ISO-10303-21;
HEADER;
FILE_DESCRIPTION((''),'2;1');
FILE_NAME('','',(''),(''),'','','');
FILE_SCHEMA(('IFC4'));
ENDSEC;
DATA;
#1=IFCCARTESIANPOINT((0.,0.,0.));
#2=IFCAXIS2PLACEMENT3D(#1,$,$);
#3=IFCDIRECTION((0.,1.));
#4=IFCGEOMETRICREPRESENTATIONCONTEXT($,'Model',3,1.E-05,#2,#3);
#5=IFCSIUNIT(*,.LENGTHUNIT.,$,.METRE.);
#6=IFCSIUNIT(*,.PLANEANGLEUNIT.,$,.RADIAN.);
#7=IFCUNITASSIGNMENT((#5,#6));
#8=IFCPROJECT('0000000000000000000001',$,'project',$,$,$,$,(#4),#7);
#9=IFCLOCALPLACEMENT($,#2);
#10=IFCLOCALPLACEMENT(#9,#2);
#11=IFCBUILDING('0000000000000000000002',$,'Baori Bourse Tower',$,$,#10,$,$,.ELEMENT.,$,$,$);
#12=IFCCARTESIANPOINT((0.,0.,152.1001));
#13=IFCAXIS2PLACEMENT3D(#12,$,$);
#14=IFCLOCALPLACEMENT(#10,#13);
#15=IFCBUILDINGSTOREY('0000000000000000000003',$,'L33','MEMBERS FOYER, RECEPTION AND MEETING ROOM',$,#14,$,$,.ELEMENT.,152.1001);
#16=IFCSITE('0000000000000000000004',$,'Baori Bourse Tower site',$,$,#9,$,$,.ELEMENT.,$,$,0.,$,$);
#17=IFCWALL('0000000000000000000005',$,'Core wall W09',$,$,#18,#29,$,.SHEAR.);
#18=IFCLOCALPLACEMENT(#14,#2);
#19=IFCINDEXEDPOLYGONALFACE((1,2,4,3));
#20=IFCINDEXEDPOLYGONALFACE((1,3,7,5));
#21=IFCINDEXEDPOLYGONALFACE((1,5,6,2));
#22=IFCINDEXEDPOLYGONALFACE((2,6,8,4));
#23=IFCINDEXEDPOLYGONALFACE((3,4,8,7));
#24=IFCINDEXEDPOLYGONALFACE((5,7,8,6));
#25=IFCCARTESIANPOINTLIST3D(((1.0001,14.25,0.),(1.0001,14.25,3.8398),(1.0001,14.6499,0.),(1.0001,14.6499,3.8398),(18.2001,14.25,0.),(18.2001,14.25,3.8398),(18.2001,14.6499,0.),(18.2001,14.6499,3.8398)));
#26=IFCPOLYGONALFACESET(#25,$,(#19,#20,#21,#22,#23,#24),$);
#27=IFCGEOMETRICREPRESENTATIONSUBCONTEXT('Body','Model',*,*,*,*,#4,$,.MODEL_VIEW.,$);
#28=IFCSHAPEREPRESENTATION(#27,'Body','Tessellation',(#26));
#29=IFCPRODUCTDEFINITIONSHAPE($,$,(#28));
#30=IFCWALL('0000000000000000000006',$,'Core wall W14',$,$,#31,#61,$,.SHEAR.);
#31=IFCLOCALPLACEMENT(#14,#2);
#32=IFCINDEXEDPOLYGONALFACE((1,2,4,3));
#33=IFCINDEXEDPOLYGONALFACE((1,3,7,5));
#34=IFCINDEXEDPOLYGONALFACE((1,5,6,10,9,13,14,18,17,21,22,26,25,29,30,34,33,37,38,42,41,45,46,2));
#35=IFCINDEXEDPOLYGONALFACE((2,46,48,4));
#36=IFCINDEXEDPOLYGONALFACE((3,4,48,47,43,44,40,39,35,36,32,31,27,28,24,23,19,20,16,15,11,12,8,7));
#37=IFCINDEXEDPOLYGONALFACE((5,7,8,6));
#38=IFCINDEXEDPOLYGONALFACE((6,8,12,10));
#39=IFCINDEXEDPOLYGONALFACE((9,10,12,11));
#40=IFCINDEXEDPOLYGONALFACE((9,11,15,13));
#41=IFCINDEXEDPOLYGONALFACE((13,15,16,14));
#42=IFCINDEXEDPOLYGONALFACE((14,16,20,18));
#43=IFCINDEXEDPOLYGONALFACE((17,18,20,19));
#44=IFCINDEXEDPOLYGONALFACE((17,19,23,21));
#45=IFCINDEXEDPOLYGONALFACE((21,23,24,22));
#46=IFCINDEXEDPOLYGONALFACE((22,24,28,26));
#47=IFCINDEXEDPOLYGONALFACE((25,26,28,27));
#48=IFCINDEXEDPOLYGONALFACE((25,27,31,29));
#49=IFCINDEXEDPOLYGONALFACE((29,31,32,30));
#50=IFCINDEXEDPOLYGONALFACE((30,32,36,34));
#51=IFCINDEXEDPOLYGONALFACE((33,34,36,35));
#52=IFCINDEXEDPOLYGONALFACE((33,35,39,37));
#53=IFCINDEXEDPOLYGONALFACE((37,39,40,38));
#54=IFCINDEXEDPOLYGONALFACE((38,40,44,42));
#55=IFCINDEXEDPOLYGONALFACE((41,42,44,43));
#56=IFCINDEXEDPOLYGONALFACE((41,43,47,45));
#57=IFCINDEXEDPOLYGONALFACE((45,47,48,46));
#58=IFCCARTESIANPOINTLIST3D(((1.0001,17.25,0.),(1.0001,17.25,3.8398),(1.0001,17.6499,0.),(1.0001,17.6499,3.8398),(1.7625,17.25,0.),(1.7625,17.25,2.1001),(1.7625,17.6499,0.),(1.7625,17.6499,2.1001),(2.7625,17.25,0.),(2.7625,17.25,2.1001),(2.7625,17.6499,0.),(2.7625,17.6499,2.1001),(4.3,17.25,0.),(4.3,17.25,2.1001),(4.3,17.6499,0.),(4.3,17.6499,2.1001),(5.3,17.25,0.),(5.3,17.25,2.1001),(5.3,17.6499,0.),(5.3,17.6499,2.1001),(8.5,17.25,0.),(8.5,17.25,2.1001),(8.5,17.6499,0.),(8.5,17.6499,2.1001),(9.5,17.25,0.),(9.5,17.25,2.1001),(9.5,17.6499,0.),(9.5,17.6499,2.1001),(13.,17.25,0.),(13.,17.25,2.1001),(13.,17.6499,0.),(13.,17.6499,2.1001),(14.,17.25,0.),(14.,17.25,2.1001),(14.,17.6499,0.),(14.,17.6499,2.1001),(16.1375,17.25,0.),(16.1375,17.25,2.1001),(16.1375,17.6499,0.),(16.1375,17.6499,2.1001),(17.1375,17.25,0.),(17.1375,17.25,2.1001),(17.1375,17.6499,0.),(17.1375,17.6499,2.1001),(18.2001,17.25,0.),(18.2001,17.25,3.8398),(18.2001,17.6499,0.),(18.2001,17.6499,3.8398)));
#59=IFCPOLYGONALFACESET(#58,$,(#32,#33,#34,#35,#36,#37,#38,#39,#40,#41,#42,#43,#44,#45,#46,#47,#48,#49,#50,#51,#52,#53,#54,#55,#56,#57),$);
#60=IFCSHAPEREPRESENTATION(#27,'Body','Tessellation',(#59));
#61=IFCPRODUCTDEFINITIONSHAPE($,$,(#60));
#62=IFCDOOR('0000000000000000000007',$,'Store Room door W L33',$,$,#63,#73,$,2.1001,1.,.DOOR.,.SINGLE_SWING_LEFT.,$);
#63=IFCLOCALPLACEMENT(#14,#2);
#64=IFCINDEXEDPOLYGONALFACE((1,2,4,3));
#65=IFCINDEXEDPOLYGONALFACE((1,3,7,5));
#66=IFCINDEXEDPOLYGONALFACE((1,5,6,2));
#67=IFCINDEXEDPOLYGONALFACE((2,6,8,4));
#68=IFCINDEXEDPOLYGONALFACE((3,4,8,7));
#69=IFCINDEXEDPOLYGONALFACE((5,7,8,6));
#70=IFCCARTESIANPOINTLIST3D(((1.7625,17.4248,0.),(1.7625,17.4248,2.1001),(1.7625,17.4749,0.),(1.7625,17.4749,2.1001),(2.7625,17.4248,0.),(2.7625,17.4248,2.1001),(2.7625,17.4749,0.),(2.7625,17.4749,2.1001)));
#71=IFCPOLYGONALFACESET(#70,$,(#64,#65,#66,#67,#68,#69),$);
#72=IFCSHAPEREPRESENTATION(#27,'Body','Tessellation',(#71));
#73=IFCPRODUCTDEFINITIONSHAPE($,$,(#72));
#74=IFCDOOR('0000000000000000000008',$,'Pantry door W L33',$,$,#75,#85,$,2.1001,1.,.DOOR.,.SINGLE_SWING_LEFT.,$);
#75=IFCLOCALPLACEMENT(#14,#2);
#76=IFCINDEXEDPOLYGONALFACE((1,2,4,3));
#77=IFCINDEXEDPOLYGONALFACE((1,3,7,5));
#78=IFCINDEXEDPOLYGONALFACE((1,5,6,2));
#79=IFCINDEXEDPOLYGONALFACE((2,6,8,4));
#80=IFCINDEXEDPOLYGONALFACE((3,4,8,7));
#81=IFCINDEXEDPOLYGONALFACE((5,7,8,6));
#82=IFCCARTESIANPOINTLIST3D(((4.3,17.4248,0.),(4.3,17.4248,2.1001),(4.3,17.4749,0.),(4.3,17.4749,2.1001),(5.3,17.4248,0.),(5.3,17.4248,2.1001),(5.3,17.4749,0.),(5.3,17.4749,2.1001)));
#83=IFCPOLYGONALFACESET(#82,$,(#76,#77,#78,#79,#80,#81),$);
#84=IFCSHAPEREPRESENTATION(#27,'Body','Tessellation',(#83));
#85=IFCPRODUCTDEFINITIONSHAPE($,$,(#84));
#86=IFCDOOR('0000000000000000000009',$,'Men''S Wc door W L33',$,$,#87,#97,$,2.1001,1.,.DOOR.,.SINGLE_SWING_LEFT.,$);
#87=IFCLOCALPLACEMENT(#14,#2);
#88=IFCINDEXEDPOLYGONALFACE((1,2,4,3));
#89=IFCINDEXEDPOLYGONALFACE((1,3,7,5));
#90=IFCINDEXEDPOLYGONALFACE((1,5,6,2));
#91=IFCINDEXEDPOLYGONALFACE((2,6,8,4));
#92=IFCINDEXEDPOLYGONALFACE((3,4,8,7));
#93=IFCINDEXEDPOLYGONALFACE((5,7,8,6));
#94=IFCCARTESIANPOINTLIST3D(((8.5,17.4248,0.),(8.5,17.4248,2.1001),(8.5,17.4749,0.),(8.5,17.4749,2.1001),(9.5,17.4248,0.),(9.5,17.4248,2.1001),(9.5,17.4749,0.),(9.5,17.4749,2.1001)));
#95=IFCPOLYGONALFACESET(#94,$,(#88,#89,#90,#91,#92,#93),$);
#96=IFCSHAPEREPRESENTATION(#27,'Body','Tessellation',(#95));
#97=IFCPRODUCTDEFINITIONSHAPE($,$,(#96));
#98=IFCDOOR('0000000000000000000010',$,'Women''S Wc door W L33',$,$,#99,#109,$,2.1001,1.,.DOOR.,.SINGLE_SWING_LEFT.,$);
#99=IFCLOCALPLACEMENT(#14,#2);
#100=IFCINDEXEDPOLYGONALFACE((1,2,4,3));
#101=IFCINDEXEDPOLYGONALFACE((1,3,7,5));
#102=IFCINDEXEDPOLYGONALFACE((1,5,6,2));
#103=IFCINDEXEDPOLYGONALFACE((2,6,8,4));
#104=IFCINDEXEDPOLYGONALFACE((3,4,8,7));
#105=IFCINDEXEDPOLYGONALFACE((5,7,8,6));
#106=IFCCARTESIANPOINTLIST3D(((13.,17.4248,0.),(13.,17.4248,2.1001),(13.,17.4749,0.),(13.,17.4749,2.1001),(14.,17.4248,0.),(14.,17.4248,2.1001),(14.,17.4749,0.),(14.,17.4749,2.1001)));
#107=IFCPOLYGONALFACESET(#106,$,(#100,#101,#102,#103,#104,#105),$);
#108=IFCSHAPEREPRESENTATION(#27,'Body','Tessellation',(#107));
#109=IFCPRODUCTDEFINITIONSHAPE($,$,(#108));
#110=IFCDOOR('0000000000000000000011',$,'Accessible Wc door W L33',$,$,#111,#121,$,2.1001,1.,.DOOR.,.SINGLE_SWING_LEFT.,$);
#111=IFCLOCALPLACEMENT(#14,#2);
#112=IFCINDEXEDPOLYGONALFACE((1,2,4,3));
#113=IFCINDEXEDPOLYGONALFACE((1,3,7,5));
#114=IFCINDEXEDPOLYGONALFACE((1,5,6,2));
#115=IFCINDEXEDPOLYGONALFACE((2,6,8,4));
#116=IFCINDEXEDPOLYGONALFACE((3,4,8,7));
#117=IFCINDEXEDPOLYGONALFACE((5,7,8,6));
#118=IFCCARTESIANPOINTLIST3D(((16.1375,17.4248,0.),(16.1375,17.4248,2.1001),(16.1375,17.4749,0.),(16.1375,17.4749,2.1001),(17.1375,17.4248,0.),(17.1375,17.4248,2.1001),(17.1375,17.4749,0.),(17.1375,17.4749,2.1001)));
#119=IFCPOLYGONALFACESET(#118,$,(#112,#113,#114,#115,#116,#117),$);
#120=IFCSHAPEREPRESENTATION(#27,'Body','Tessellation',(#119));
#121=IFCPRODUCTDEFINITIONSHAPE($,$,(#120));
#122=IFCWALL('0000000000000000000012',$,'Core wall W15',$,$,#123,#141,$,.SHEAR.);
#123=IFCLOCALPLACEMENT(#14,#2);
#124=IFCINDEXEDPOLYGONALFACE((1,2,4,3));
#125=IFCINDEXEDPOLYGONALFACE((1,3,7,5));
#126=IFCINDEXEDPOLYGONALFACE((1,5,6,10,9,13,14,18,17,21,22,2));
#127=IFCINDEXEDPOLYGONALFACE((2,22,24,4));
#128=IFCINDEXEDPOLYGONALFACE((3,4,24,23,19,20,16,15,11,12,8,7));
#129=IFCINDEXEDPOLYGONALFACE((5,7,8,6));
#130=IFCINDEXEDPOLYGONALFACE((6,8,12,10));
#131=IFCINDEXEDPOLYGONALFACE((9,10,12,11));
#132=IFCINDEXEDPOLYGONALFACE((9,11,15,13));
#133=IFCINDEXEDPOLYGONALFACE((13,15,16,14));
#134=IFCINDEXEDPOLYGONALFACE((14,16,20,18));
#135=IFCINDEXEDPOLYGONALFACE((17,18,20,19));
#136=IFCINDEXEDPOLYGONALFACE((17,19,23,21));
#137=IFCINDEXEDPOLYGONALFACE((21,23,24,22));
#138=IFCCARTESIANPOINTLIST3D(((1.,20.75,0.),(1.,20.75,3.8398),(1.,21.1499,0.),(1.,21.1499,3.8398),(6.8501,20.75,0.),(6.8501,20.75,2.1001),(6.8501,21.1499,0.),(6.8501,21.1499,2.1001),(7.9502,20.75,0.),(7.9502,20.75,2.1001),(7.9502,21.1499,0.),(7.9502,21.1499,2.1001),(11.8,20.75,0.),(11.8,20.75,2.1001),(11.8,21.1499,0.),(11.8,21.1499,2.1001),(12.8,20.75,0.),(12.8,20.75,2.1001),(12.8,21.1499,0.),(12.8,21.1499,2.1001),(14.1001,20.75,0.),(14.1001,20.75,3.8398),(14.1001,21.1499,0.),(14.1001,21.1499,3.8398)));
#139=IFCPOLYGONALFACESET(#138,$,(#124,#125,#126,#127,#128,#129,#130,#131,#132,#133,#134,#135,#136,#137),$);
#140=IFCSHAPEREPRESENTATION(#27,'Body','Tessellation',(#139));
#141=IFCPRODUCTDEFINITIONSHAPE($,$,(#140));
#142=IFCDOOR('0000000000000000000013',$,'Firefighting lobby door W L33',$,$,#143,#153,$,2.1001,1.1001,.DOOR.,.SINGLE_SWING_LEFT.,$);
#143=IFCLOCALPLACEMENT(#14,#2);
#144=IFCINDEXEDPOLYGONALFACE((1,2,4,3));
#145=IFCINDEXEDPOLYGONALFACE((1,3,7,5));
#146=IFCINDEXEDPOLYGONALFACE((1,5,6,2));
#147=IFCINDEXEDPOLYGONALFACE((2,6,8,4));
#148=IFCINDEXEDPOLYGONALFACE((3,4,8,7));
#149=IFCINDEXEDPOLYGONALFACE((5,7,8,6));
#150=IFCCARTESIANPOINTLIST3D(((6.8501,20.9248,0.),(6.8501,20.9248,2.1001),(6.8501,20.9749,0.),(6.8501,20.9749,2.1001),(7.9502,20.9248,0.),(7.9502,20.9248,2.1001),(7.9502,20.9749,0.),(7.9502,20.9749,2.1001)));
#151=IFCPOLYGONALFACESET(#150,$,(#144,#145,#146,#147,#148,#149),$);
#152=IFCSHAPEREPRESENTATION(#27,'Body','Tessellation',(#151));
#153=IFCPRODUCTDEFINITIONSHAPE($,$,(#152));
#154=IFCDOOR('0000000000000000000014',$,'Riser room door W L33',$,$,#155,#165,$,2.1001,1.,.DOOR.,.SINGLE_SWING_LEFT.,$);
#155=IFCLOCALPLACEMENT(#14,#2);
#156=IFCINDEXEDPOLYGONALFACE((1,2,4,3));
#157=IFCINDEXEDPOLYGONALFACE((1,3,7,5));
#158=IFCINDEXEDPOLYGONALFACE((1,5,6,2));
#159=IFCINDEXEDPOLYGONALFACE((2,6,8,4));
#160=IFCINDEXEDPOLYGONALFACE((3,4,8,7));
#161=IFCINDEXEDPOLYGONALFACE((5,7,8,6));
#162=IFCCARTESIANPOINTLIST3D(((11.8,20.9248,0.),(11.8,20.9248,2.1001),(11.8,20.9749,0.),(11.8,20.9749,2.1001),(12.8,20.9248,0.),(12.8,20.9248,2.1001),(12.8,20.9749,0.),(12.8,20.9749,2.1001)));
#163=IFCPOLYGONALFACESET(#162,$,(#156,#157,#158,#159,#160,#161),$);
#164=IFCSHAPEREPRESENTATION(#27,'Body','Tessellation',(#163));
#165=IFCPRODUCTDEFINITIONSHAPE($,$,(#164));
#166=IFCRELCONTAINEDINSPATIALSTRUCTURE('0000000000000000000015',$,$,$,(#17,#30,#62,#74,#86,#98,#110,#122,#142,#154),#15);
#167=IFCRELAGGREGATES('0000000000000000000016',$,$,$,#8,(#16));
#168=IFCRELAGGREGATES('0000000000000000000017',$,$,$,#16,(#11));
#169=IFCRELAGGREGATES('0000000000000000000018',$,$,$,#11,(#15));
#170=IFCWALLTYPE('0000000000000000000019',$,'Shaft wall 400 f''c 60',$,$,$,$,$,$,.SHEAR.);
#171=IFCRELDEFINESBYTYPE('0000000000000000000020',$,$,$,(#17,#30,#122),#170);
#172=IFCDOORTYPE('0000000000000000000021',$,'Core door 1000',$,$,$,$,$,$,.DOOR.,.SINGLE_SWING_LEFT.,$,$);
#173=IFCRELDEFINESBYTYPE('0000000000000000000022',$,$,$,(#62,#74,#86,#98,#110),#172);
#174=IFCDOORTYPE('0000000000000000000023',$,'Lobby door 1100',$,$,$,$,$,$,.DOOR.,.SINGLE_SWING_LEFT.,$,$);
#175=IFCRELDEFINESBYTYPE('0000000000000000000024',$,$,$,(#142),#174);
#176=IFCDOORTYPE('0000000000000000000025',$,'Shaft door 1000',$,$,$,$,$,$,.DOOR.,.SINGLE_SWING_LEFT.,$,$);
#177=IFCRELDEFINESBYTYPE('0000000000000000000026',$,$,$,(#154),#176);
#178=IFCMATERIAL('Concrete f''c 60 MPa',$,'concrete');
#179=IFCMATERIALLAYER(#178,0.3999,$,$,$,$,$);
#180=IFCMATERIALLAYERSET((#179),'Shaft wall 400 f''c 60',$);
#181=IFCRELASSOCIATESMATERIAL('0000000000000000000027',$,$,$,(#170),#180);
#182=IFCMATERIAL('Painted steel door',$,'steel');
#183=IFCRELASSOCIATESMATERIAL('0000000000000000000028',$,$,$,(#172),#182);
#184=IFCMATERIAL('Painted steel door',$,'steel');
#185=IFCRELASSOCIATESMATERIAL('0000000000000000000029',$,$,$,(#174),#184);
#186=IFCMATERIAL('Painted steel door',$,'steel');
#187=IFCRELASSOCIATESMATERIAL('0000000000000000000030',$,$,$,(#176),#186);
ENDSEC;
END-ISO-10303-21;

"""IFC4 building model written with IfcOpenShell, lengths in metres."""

from ifc_helpers import new_model, si_unit, direction, frame, frame_2d, origin, place, context, subcontext, project, spatial, rectangle, extrude, material, layer, layer_set, type_object, element, fill, save


model = new_model("IFC4")

# Units and contexts
model_context = context("Model", 3, precision=1e-05, world=origin(), true_north=direction((0.0, 1.0)))
body_context = subcontext(model_context, "Body", "Model", "MODEL_VIEW")
ifc_project = project(units=[si_unit("LENGTHUNIT", "METRE"), si_unit("PLANEANGLEUNIT", "RADIAN")], contexts=[model_context])

# Site, building, storey
site_placement = place(None, origin())
site = spatial("IfcSite", under=ifc_project, at=site_placement, Name="Baori Bourse Tower site", CompositionType="ELEMENT", RefElevation=0.0)
building_placement = place(site_placement, origin())
building = spatial("IfcBuilding", under=site, at=building_placement, Name="Baori Bourse Tower", CompositionType="ELEMENT")
storey_placement = place(building_placement, frame((0.0, 0.0, 152.1001)))
storey = spatial("IfcBuildingStorey", under=building, at=storey_placement, Name="L33", Description="MEMBERS FOYER, RECEPTION AND MEETING ROOM", CompositionType="ELEMENT", Elevation=152.1001)

# Wall
ifc_material_1 = material(Name="Concrete f'c 60 MPa", Category="concrete")
ifc_layer_1 = layer(ifc_material_1, 0.3999)
ifc_layer_set_1 = layer_set([ifc_layer_1], Name="Shaft wall 400 f'c 60")
wall_type_1 = type_object("IfcWallType", Name="Shaft wall 400 f'c 60", PredefinedType="SHEAR", material=ifc_layer_set_1)
wall_1_placement = place(storey_placement, frame((1.0, 14.45, 0.0), z_axis=(0.0, 0.0, 1.0), x_axis=(1.0, 0.0, 0.0)))
element("IfcWall", 1, at=wall_1_placement, inside=storey, type_object=wall_type_1, Name="Core wall W09", PredefinedType="SHEAR", context=body_context, shape_type="SweptSolid", body=[
    extrude(rectangle(XDim=17.2, YDim=0.3999, at=frame_2d((8.6001, 0.0))), origin(), (0.0, 0.0, 1.0), 3.8398),
])

# Walls, openings, doors
wall_2_placement = place(storey_placement, frame((1.0, 17.45, 0.0), z_axis=(0.0, 0.0, 1.0), x_axis=(1.0, 0.0, 0.0)))
wall_2 = element("IfcWall", 2, at=wall_2_placement, inside=storey, type_object=wall_type_1, Name="Core wall W14", PredefinedType="SHEAR", context=body_context, shape_type="SweptSolid", body=[
    extrude(rectangle(XDim=17.2, YDim=0.3999, at=frame_2d((8.6001, 0.0))), origin(), (0.0, 0.0, 1.0), 3.8398),
])
opening_1_placement = place(wall_2_placement, frame((0.7625, 0.0, 0.0)))
opening_1 = element("IfcOpeningElement", 3, at=opening_1_placement, cuts=wall_2, PredefinedType="OPENING", context=body_context, shape_type="SweptSolid", body=[
    extrude(rectangle(XDim=1.0, YDim=2.1001, at=frame_2d((0.5, 1.05))), frame((0.0, 0.21, 0.0), z_axis=(0.0, -1.0, 0.0), x_axis=(1.0, 0.0, 0.0)), (0.0, 0.0, 1.0), 0.4199),
])
opening_2_placement = place(wall_2_placement, frame((3.3, 0.0, 0.0)))
opening_2 = element("IfcOpeningElement", 4, at=opening_2_placement, cuts=wall_2, PredefinedType="OPENING", context=body_context, shape_type="SweptSolid", body=[
    extrude(rectangle(XDim=1.0, YDim=2.1001, at=frame_2d((0.5, 1.05))), frame((0.0, 0.21, 0.0), z_axis=(0.0, -1.0, 0.0), x_axis=(1.0, 0.0, 0.0)), (0.0, 0.0, 1.0), 0.4199),
])
opening_3_placement = place(wall_2_placement, frame((7.5, 0.0, 0.0)))
opening_3 = element("IfcOpeningElement", 5, at=opening_3_placement, cuts=wall_2, PredefinedType="OPENING", context=body_context, shape_type="SweptSolid", body=[
    extrude(rectangle(XDim=1.0, YDim=2.1001, at=frame_2d((0.5, 1.05))), frame((0.0, 0.21, 0.0), z_axis=(0.0, -1.0, 0.0), x_axis=(1.0, 0.0, 0.0)), (0.0, 0.0, 1.0), 0.4199),
])
opening_4_placement = place(wall_2_placement, frame((12.0, 0.0, 0.0)))
opening_4 = element("IfcOpeningElement", 6, at=opening_4_placement, cuts=wall_2, PredefinedType="OPENING", context=body_context, shape_type="SweptSolid", body=[
    extrude(rectangle(XDim=1.0, YDim=2.1001, at=frame_2d((0.5, 1.05))), frame((0.0, 0.21, 0.0), z_axis=(0.0, -1.0, 0.0), x_axis=(1.0, 0.0, 0.0)), (0.0, 0.0, 1.0), 0.4199),
])
opening_5_placement = place(wall_2_placement, frame((15.1375, 0.0, 0.0)))
opening_5 = element("IfcOpeningElement", 7, at=opening_5_placement, cuts=wall_2, PredefinedType="OPENING", context=body_context, shape_type="SweptSolid", body=[
    extrude(rectangle(XDim=1.0, YDim=2.1001, at=frame_2d((0.5, 1.05))), frame((0.0, 0.21, 0.0), z_axis=(0.0, -1.0, 0.0), x_axis=(1.0, 0.0, 0.0)), (0.0, 0.0, 1.0), 0.4199),
])
ifc_material_2 = material(Name="Painted steel door", Category="steel")
door_type_1 = type_object("IfcDoorType", Name="Core door 1000", OperationType="SINGLE_SWING_LEFT", PredefinedType="DOOR", material=ifc_material_2)
door_1_placement = place(opening_1_placement, origin())
door_1 = element("IfcDoor", 8, at=door_1_placement, inside=storey, type_object=door_type_1, Name="Store Room door W L33", OperationType="SINGLE_SWING_LEFT", OverallHeight=2.1001, OverallWidth=1.0, PredefinedType="DOOR", context=body_context, shape_type="SweptSolid", body=[
    extrude(rectangle(XDim=1.0, YDim=2.1001, at=frame_2d((0.5, 1.05))), frame((0.0, 0.0249, 0.0), z_axis=(0.0, -1.0, 0.0), x_axis=(1.0, 0.0, 0.0)), (0.0, 0.0, 1.0), 0.05),
])
fill(opening_1, door_1)
door_2_placement = place(opening_2_placement, origin())
door_2 = element("IfcDoor", 9, at=door_2_placement, inside=storey, type_object=door_type_1, Name="Pantry door W L33", OperationType="SINGLE_SWING_LEFT", OverallHeight=2.1001, OverallWidth=1.0, PredefinedType="DOOR", context=body_context, shape_type="SweptSolid", body=[
    extrude(rectangle(XDim=1.0, YDim=2.1001, at=frame_2d((0.5, 1.05))), frame((0.0, 0.0249, 0.0), z_axis=(0.0, -1.0, 0.0), x_axis=(1.0, 0.0, 0.0)), (0.0, 0.0, 1.0), 0.05),
])
fill(opening_2, door_2)
door_3_placement = place(opening_3_placement, origin())
door_3 = element("IfcDoor", 10, at=door_3_placement, inside=storey, type_object=door_type_1, Name="Men'S Wc door W L33", OperationType="SINGLE_SWING_LEFT", OverallHeight=2.1001, OverallWidth=1.0, PredefinedType="DOOR", context=body_context, shape_type="SweptSolid", body=[
    extrude(rectangle(XDim=1.0, YDim=2.1001, at=frame_2d((0.5, 1.05))), frame((0.0, 0.0249, 0.0), z_axis=(0.0, -1.0, 0.0), x_axis=(1.0, 0.0, 0.0)), (0.0, 0.0, 1.0), 0.05),
])
fill(opening_3, door_3)
door_4_placement = place(opening_4_placement, origin())
door_4 = element("IfcDoor", 11, at=door_4_placement, inside=storey, type_object=door_type_1, Name="Women'S Wc door W L33", OperationType="SINGLE_SWING_LEFT", OverallHeight=2.1001, OverallWidth=1.0, PredefinedType="DOOR", context=body_context, shape_type="SweptSolid", body=[
    extrude(rectangle(XDim=1.0, YDim=2.1001, at=frame_2d((0.5, 1.05))), frame((0.0, 0.0249, 0.0), z_axis=(0.0, -1.0, 0.0), x_axis=(1.0, 0.0, 0.0)), (0.0, 0.0, 1.0), 0.05),
])
fill(opening_4, door_4)
door_5_placement = place(opening_5_placement, origin())
door_5 = element("IfcDoor", 12, at=door_5_placement, inside=storey, type_object=door_type_1, Name="Accessible Wc door W L33", OperationType="SINGLE_SWING_LEFT", OverallHeight=2.1001, OverallWidth=1.0, PredefinedType="DOOR", context=body_context, shape_type="SweptSolid", body=[
    extrude(rectangle(XDim=1.0, YDim=2.1001, at=frame_2d((0.5, 1.05))), frame((0.0, 0.0249, 0.0), z_axis=(0.0, -1.0, 0.0), x_axis=(1.0, 0.0, 0.0)), (0.0, 0.0, 1.0), 0.05),
])
fill(opening_5, door_5)
wall_3_placement = place(storey_placement, frame((1.0, 20.95, 0.0), z_axis=(0.0, 0.0, 1.0), x_axis=(1.0, 0.0, 0.0)))
wall_3 = element("IfcWall", 13, at=wall_3_placement, inside=storey, type_object=wall_type_1, Name="Core wall W15", PredefinedType="SHEAR", context=body_context, shape_type="SweptSolid", body=[
    extrude(rectangle(XDim=13.1001, YDim=0.3999, at=frame_2d((6.55, 0.0))), origin(), (0.0, 0.0, 1.0), 3.8398),
])
opening_6_placement = place(wall_3_placement, frame((5.8501, 0.0, 0.0)))
opening_6 = element("IfcOpeningElement", 14, at=opening_6_placement, cuts=wall_3, PredefinedType="OPENING", context=body_context, shape_type="SweptSolid", body=[
    extrude(rectangle(XDim=1.1001, YDim=2.1001, at=frame_2d((0.55, 1.05))), frame((0.0, 0.21, 0.0), z_axis=(0.0, -1.0, 0.0), x_axis=(1.0, 0.0, 0.0)), (0.0, 0.0, 1.0), 0.4199),
])
opening_7_placement = place(wall_3_placement, frame((10.8, 0.0, 0.0)))
opening_7 = element("IfcOpeningElement", 15, at=opening_7_placement, cuts=wall_3, PredefinedType="OPENING", context=body_context, shape_type="SweptSolid", body=[
    extrude(rectangle(XDim=1.0, YDim=2.1001, at=frame_2d((0.5, 1.05))), frame((0.0, 0.21, 0.0), z_axis=(0.0, -1.0, 0.0), x_axis=(1.0, 0.0, 0.0)), (0.0, 0.0, 1.0), 0.4199),
])
ifc_material_3 = material(Name="Painted steel door", Category="steel")
door_type_2 = type_object("IfcDoorType", Name="Lobby door 1100", OperationType="SINGLE_SWING_LEFT", PredefinedType="DOOR", material=ifc_material_3)
door_6_placement = place(opening_6_placement, origin())
door_6 = element("IfcDoor", 16, at=door_6_placement, inside=storey, type_object=door_type_2, Name="Firefighting lobby door W L33", OperationType="SINGLE_SWING_LEFT", OverallHeight=2.1001, OverallWidth=1.1001, PredefinedType="DOOR", context=body_context, shape_type="SweptSolid", body=[
    extrude(rectangle(XDim=1.1001, YDim=2.1001, at=frame_2d((0.55, 1.05))), frame((0.0, 0.0249, 0.0), z_axis=(0.0, -1.0, 0.0), x_axis=(1.0, 0.0, 0.0)), (0.0, 0.0, 1.0), 0.05),
])
fill(opening_6, door_6)
ifc_material_4 = material(Name="Painted steel door", Category="steel")
door_type_3 = type_object("IfcDoorType", Name="Shaft door 1000", OperationType="SINGLE_SWING_LEFT", PredefinedType="DOOR", material=ifc_material_4)
door_7_placement = place(opening_7_placement, origin())
door_7 = element("IfcDoor", 17, at=door_7_placement, inside=storey, type_object=door_type_3, Name="Riser room door W L33", OperationType="SINGLE_SWING_LEFT", OverallHeight=2.1001, OverallWidth=1.0, PredefinedType="DOOR", context=body_context, shape_type="SweptSolid", body=[
    extrude(rectangle(XDim=1.0, YDim=2.1001, at=frame_2d((0.5, 1.05))), frame((0.0, 0.0249, 0.0), z_axis=(0.0, -1.0, 0.0), x_axis=(1.0, 0.0, 0.0)), (0.0, 0.0, 1.0), 0.05),
])
fill(opening_7, door_7)

save(model, "model.ifc")
